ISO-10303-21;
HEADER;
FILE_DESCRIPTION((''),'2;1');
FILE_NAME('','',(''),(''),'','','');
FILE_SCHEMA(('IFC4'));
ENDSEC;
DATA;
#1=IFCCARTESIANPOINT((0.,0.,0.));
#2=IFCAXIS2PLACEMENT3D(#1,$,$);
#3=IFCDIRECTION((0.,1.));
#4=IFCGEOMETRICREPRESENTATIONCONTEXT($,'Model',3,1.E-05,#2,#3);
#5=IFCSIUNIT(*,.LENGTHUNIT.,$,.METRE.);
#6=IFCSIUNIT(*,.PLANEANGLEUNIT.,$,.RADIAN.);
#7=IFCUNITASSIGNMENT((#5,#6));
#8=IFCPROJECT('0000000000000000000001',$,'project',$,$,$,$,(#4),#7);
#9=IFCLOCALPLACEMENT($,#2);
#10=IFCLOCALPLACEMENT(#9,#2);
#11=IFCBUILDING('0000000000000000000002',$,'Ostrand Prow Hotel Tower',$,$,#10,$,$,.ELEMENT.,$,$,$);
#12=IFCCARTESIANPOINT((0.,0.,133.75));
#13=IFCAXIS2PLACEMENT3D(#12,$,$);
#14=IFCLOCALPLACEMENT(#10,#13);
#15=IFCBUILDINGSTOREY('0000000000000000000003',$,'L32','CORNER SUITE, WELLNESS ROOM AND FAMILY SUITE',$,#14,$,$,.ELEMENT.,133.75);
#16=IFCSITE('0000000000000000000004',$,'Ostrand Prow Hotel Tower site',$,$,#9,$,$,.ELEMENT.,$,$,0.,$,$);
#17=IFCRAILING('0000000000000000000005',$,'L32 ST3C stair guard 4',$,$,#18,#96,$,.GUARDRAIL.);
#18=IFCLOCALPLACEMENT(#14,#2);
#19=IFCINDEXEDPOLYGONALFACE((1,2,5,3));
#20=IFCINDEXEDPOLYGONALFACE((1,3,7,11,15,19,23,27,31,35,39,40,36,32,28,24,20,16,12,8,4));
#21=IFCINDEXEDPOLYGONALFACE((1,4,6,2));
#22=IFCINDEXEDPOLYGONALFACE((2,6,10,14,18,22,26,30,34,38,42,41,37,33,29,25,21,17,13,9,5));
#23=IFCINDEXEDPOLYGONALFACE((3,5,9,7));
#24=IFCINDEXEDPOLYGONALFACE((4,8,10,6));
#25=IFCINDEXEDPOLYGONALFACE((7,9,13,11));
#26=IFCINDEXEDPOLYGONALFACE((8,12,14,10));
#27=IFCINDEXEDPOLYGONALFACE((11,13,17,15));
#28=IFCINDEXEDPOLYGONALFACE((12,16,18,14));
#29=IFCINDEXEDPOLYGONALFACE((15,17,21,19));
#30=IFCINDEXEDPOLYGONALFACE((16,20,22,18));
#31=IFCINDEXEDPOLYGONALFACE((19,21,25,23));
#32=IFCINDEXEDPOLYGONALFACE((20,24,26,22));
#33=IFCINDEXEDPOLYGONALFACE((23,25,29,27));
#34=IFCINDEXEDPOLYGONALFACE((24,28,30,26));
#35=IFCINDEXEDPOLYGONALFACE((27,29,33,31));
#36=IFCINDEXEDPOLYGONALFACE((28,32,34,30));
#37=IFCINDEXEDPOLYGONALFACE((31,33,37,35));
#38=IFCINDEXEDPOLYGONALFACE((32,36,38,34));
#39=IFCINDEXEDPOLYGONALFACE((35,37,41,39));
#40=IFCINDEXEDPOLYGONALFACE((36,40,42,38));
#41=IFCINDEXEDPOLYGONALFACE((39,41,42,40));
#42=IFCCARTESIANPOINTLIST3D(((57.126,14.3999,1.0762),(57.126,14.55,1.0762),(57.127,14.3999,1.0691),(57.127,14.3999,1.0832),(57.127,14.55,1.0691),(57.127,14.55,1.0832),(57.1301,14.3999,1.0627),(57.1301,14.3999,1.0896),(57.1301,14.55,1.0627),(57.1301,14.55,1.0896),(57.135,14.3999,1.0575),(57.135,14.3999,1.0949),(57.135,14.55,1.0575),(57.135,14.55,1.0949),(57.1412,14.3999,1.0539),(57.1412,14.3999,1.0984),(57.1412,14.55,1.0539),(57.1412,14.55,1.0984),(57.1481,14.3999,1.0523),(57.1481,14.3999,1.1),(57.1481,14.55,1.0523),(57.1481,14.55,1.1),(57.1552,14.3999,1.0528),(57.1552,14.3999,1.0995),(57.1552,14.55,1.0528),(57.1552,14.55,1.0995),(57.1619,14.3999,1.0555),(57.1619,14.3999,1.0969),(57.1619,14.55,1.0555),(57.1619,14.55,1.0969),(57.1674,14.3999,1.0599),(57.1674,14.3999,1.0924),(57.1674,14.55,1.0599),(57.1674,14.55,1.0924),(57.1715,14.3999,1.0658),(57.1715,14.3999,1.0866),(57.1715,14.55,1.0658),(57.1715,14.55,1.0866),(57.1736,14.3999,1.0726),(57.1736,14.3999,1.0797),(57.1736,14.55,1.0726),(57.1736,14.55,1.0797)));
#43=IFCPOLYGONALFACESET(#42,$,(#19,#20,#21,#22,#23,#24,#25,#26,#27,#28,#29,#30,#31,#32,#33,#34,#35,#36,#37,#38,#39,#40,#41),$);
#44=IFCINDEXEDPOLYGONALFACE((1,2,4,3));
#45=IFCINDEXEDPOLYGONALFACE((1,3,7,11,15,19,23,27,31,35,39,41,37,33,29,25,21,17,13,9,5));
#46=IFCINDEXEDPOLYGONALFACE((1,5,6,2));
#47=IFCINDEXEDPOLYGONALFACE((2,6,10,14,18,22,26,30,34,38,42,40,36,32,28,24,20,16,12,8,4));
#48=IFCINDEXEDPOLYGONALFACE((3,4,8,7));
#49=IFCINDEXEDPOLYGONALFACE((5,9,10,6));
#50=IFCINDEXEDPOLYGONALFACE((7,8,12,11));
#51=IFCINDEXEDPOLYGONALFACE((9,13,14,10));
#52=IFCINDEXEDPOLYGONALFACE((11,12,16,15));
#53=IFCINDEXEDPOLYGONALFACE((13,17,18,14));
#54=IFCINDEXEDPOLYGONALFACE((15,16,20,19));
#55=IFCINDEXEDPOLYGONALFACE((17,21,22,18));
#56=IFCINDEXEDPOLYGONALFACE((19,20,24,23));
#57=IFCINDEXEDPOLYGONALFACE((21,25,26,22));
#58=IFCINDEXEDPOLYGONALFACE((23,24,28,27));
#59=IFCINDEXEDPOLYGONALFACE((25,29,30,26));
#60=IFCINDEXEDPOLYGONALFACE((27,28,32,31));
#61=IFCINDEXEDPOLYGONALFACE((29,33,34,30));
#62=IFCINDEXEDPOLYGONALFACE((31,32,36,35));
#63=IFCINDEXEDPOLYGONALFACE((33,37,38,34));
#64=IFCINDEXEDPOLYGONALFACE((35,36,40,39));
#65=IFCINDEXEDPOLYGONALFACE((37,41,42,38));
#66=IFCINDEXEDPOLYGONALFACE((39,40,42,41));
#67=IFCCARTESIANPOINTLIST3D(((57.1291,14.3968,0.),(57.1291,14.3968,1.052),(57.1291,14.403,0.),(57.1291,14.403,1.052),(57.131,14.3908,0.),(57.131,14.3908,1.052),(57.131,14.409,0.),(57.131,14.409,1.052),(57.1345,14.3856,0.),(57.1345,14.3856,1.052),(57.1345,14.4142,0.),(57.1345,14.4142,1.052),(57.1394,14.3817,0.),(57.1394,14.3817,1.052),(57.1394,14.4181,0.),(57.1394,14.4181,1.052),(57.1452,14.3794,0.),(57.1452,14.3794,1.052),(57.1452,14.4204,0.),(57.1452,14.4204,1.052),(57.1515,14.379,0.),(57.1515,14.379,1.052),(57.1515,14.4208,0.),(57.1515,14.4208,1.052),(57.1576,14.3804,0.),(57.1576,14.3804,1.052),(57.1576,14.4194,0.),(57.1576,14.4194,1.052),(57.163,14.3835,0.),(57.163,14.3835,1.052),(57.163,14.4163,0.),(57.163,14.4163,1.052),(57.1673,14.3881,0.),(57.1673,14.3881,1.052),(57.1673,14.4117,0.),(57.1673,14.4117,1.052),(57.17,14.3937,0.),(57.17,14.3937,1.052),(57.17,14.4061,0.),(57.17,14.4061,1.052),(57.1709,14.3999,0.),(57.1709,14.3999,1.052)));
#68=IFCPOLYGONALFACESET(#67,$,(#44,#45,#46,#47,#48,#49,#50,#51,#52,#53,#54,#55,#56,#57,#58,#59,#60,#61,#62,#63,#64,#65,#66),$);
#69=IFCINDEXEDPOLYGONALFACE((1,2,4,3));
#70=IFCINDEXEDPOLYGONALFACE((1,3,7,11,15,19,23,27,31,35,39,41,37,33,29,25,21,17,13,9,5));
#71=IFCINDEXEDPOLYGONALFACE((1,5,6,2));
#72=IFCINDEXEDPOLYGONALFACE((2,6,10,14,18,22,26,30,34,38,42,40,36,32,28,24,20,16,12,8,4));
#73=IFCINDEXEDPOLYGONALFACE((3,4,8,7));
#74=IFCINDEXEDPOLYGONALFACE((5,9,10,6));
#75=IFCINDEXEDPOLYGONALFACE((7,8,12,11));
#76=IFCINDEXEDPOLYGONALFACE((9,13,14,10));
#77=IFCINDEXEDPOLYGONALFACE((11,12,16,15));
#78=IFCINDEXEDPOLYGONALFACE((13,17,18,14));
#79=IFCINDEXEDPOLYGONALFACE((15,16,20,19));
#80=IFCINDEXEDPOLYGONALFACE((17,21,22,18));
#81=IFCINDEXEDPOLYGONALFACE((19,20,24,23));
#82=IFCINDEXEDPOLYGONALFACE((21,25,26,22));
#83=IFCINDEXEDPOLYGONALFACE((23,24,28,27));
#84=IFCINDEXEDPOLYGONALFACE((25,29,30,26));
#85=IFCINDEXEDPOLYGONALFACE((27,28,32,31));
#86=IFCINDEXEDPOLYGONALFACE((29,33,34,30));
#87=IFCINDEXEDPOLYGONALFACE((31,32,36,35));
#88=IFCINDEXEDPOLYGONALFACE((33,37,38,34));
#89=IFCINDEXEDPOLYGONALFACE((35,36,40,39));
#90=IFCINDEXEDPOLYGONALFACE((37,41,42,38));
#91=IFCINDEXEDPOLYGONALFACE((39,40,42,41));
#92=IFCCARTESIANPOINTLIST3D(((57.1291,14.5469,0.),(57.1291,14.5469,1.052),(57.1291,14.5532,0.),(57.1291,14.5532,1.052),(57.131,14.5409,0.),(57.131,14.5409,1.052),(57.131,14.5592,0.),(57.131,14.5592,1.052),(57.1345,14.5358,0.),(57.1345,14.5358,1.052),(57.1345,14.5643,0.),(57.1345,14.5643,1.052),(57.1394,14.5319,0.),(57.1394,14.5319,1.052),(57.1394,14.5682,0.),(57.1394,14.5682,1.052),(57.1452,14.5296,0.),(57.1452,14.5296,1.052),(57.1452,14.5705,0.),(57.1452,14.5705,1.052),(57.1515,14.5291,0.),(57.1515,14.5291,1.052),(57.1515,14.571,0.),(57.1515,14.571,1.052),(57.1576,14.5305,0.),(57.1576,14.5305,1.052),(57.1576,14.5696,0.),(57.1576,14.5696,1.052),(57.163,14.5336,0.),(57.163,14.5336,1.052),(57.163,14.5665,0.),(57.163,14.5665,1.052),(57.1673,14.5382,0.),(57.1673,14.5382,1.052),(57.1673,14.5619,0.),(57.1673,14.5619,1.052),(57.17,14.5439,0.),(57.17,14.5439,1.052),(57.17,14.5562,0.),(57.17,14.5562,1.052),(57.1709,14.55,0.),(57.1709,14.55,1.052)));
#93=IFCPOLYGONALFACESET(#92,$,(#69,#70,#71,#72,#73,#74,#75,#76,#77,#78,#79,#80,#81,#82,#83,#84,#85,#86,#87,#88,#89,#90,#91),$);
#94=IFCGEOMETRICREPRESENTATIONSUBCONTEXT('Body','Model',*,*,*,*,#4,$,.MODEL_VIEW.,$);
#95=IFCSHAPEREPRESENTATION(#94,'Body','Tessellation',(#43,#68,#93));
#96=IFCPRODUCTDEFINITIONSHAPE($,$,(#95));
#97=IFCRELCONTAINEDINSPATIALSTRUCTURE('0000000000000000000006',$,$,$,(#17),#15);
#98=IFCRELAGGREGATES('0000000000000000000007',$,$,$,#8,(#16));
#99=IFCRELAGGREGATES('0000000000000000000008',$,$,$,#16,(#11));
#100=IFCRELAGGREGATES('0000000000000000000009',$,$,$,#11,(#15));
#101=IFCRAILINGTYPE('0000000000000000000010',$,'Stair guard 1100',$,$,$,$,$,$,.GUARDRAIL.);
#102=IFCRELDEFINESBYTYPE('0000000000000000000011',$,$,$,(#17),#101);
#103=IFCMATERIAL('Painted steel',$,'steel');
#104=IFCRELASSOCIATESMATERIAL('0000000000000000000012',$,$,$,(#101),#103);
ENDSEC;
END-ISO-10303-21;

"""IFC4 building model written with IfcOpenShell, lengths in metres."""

from ifc_helpers import new_model, si_unit, direction, frame, origin, origin_2d, place, context, subcontext, project, spatial, circle, extrude, material, type_object, element, save


model = new_model("IFC4")

# Units and contexts
model_context = context("Model", 3, precision=1e-05, world=origin(), true_north=direction((0.0, 1.0)))
body_context = subcontext(model_context, "Body", "Model", "MODEL_VIEW")
ifc_project = project(units=[si_unit("LENGTHUNIT", "METRE"), si_unit("PLANEANGLEUNIT", "RADIAN")], contexts=[model_context])

# Site, building, storey
site_placement = place(None, origin())
site = spatial("IfcSite", under=ifc_project, at=site_placement, Name="Ostrand Prow Hotel Tower site", CompositionType="ELEMENT", RefElevation=0.0)
building_placement = place(site_placement, origin())
building = spatial("IfcBuilding", under=site, at=building_placement, Name="Ostrand Prow Hotel Tower", CompositionType="ELEMENT")
storey_placement = place(building_placement, frame((0.0, 0.0, 133.75)))
storey = spatial("IfcBuildingStorey", under=building, at=storey_placement, Name="L32", Description="CORNER SUITE, WELLNESS ROOM AND FAMILY SUITE", CompositionType="ELEMENT", Elevation=133.75)

# Railing
ifc_material_1 = material(Name="Painted steel", Category="steel")
railing_type = type_object("IfcRailingType", Name="Stair guard 1100", PredefinedType="GUARDRAIL", material=ifc_material_1)
railing_1_placement = place(storey_placement, frame((57.1499, 14.3999, 0.0)))
element("IfcRailing", 1, at=railing_1_placement, inside=storey, type_object=railing_type, Name="L32 ST3C stair guard 4", PredefinedType="GUARDRAIL", context=body_context, shape_type="SweptSolid", body=[
    extrude(circle(Radius=0.0239, at=origin_2d()), frame((0.0, 0.0, 1.0762), z_axis=(0.0, 1.0, 0.0), x_axis=(-1.0, 0.0, 0.0)), (0.0, 0.0, 1.0), 0.1501),
    extrude(circle(Radius=0.021, at=origin_2d()), origin(), (0.0, 0.0, 1.0), 1.052),
    extrude(circle(Radius=0.021, at=origin_2d()), frame((0.0, 0.1501, 0.0)), (0.0, 0.0, 1.0), 1.052),
])

save(model, "model.ifc")
